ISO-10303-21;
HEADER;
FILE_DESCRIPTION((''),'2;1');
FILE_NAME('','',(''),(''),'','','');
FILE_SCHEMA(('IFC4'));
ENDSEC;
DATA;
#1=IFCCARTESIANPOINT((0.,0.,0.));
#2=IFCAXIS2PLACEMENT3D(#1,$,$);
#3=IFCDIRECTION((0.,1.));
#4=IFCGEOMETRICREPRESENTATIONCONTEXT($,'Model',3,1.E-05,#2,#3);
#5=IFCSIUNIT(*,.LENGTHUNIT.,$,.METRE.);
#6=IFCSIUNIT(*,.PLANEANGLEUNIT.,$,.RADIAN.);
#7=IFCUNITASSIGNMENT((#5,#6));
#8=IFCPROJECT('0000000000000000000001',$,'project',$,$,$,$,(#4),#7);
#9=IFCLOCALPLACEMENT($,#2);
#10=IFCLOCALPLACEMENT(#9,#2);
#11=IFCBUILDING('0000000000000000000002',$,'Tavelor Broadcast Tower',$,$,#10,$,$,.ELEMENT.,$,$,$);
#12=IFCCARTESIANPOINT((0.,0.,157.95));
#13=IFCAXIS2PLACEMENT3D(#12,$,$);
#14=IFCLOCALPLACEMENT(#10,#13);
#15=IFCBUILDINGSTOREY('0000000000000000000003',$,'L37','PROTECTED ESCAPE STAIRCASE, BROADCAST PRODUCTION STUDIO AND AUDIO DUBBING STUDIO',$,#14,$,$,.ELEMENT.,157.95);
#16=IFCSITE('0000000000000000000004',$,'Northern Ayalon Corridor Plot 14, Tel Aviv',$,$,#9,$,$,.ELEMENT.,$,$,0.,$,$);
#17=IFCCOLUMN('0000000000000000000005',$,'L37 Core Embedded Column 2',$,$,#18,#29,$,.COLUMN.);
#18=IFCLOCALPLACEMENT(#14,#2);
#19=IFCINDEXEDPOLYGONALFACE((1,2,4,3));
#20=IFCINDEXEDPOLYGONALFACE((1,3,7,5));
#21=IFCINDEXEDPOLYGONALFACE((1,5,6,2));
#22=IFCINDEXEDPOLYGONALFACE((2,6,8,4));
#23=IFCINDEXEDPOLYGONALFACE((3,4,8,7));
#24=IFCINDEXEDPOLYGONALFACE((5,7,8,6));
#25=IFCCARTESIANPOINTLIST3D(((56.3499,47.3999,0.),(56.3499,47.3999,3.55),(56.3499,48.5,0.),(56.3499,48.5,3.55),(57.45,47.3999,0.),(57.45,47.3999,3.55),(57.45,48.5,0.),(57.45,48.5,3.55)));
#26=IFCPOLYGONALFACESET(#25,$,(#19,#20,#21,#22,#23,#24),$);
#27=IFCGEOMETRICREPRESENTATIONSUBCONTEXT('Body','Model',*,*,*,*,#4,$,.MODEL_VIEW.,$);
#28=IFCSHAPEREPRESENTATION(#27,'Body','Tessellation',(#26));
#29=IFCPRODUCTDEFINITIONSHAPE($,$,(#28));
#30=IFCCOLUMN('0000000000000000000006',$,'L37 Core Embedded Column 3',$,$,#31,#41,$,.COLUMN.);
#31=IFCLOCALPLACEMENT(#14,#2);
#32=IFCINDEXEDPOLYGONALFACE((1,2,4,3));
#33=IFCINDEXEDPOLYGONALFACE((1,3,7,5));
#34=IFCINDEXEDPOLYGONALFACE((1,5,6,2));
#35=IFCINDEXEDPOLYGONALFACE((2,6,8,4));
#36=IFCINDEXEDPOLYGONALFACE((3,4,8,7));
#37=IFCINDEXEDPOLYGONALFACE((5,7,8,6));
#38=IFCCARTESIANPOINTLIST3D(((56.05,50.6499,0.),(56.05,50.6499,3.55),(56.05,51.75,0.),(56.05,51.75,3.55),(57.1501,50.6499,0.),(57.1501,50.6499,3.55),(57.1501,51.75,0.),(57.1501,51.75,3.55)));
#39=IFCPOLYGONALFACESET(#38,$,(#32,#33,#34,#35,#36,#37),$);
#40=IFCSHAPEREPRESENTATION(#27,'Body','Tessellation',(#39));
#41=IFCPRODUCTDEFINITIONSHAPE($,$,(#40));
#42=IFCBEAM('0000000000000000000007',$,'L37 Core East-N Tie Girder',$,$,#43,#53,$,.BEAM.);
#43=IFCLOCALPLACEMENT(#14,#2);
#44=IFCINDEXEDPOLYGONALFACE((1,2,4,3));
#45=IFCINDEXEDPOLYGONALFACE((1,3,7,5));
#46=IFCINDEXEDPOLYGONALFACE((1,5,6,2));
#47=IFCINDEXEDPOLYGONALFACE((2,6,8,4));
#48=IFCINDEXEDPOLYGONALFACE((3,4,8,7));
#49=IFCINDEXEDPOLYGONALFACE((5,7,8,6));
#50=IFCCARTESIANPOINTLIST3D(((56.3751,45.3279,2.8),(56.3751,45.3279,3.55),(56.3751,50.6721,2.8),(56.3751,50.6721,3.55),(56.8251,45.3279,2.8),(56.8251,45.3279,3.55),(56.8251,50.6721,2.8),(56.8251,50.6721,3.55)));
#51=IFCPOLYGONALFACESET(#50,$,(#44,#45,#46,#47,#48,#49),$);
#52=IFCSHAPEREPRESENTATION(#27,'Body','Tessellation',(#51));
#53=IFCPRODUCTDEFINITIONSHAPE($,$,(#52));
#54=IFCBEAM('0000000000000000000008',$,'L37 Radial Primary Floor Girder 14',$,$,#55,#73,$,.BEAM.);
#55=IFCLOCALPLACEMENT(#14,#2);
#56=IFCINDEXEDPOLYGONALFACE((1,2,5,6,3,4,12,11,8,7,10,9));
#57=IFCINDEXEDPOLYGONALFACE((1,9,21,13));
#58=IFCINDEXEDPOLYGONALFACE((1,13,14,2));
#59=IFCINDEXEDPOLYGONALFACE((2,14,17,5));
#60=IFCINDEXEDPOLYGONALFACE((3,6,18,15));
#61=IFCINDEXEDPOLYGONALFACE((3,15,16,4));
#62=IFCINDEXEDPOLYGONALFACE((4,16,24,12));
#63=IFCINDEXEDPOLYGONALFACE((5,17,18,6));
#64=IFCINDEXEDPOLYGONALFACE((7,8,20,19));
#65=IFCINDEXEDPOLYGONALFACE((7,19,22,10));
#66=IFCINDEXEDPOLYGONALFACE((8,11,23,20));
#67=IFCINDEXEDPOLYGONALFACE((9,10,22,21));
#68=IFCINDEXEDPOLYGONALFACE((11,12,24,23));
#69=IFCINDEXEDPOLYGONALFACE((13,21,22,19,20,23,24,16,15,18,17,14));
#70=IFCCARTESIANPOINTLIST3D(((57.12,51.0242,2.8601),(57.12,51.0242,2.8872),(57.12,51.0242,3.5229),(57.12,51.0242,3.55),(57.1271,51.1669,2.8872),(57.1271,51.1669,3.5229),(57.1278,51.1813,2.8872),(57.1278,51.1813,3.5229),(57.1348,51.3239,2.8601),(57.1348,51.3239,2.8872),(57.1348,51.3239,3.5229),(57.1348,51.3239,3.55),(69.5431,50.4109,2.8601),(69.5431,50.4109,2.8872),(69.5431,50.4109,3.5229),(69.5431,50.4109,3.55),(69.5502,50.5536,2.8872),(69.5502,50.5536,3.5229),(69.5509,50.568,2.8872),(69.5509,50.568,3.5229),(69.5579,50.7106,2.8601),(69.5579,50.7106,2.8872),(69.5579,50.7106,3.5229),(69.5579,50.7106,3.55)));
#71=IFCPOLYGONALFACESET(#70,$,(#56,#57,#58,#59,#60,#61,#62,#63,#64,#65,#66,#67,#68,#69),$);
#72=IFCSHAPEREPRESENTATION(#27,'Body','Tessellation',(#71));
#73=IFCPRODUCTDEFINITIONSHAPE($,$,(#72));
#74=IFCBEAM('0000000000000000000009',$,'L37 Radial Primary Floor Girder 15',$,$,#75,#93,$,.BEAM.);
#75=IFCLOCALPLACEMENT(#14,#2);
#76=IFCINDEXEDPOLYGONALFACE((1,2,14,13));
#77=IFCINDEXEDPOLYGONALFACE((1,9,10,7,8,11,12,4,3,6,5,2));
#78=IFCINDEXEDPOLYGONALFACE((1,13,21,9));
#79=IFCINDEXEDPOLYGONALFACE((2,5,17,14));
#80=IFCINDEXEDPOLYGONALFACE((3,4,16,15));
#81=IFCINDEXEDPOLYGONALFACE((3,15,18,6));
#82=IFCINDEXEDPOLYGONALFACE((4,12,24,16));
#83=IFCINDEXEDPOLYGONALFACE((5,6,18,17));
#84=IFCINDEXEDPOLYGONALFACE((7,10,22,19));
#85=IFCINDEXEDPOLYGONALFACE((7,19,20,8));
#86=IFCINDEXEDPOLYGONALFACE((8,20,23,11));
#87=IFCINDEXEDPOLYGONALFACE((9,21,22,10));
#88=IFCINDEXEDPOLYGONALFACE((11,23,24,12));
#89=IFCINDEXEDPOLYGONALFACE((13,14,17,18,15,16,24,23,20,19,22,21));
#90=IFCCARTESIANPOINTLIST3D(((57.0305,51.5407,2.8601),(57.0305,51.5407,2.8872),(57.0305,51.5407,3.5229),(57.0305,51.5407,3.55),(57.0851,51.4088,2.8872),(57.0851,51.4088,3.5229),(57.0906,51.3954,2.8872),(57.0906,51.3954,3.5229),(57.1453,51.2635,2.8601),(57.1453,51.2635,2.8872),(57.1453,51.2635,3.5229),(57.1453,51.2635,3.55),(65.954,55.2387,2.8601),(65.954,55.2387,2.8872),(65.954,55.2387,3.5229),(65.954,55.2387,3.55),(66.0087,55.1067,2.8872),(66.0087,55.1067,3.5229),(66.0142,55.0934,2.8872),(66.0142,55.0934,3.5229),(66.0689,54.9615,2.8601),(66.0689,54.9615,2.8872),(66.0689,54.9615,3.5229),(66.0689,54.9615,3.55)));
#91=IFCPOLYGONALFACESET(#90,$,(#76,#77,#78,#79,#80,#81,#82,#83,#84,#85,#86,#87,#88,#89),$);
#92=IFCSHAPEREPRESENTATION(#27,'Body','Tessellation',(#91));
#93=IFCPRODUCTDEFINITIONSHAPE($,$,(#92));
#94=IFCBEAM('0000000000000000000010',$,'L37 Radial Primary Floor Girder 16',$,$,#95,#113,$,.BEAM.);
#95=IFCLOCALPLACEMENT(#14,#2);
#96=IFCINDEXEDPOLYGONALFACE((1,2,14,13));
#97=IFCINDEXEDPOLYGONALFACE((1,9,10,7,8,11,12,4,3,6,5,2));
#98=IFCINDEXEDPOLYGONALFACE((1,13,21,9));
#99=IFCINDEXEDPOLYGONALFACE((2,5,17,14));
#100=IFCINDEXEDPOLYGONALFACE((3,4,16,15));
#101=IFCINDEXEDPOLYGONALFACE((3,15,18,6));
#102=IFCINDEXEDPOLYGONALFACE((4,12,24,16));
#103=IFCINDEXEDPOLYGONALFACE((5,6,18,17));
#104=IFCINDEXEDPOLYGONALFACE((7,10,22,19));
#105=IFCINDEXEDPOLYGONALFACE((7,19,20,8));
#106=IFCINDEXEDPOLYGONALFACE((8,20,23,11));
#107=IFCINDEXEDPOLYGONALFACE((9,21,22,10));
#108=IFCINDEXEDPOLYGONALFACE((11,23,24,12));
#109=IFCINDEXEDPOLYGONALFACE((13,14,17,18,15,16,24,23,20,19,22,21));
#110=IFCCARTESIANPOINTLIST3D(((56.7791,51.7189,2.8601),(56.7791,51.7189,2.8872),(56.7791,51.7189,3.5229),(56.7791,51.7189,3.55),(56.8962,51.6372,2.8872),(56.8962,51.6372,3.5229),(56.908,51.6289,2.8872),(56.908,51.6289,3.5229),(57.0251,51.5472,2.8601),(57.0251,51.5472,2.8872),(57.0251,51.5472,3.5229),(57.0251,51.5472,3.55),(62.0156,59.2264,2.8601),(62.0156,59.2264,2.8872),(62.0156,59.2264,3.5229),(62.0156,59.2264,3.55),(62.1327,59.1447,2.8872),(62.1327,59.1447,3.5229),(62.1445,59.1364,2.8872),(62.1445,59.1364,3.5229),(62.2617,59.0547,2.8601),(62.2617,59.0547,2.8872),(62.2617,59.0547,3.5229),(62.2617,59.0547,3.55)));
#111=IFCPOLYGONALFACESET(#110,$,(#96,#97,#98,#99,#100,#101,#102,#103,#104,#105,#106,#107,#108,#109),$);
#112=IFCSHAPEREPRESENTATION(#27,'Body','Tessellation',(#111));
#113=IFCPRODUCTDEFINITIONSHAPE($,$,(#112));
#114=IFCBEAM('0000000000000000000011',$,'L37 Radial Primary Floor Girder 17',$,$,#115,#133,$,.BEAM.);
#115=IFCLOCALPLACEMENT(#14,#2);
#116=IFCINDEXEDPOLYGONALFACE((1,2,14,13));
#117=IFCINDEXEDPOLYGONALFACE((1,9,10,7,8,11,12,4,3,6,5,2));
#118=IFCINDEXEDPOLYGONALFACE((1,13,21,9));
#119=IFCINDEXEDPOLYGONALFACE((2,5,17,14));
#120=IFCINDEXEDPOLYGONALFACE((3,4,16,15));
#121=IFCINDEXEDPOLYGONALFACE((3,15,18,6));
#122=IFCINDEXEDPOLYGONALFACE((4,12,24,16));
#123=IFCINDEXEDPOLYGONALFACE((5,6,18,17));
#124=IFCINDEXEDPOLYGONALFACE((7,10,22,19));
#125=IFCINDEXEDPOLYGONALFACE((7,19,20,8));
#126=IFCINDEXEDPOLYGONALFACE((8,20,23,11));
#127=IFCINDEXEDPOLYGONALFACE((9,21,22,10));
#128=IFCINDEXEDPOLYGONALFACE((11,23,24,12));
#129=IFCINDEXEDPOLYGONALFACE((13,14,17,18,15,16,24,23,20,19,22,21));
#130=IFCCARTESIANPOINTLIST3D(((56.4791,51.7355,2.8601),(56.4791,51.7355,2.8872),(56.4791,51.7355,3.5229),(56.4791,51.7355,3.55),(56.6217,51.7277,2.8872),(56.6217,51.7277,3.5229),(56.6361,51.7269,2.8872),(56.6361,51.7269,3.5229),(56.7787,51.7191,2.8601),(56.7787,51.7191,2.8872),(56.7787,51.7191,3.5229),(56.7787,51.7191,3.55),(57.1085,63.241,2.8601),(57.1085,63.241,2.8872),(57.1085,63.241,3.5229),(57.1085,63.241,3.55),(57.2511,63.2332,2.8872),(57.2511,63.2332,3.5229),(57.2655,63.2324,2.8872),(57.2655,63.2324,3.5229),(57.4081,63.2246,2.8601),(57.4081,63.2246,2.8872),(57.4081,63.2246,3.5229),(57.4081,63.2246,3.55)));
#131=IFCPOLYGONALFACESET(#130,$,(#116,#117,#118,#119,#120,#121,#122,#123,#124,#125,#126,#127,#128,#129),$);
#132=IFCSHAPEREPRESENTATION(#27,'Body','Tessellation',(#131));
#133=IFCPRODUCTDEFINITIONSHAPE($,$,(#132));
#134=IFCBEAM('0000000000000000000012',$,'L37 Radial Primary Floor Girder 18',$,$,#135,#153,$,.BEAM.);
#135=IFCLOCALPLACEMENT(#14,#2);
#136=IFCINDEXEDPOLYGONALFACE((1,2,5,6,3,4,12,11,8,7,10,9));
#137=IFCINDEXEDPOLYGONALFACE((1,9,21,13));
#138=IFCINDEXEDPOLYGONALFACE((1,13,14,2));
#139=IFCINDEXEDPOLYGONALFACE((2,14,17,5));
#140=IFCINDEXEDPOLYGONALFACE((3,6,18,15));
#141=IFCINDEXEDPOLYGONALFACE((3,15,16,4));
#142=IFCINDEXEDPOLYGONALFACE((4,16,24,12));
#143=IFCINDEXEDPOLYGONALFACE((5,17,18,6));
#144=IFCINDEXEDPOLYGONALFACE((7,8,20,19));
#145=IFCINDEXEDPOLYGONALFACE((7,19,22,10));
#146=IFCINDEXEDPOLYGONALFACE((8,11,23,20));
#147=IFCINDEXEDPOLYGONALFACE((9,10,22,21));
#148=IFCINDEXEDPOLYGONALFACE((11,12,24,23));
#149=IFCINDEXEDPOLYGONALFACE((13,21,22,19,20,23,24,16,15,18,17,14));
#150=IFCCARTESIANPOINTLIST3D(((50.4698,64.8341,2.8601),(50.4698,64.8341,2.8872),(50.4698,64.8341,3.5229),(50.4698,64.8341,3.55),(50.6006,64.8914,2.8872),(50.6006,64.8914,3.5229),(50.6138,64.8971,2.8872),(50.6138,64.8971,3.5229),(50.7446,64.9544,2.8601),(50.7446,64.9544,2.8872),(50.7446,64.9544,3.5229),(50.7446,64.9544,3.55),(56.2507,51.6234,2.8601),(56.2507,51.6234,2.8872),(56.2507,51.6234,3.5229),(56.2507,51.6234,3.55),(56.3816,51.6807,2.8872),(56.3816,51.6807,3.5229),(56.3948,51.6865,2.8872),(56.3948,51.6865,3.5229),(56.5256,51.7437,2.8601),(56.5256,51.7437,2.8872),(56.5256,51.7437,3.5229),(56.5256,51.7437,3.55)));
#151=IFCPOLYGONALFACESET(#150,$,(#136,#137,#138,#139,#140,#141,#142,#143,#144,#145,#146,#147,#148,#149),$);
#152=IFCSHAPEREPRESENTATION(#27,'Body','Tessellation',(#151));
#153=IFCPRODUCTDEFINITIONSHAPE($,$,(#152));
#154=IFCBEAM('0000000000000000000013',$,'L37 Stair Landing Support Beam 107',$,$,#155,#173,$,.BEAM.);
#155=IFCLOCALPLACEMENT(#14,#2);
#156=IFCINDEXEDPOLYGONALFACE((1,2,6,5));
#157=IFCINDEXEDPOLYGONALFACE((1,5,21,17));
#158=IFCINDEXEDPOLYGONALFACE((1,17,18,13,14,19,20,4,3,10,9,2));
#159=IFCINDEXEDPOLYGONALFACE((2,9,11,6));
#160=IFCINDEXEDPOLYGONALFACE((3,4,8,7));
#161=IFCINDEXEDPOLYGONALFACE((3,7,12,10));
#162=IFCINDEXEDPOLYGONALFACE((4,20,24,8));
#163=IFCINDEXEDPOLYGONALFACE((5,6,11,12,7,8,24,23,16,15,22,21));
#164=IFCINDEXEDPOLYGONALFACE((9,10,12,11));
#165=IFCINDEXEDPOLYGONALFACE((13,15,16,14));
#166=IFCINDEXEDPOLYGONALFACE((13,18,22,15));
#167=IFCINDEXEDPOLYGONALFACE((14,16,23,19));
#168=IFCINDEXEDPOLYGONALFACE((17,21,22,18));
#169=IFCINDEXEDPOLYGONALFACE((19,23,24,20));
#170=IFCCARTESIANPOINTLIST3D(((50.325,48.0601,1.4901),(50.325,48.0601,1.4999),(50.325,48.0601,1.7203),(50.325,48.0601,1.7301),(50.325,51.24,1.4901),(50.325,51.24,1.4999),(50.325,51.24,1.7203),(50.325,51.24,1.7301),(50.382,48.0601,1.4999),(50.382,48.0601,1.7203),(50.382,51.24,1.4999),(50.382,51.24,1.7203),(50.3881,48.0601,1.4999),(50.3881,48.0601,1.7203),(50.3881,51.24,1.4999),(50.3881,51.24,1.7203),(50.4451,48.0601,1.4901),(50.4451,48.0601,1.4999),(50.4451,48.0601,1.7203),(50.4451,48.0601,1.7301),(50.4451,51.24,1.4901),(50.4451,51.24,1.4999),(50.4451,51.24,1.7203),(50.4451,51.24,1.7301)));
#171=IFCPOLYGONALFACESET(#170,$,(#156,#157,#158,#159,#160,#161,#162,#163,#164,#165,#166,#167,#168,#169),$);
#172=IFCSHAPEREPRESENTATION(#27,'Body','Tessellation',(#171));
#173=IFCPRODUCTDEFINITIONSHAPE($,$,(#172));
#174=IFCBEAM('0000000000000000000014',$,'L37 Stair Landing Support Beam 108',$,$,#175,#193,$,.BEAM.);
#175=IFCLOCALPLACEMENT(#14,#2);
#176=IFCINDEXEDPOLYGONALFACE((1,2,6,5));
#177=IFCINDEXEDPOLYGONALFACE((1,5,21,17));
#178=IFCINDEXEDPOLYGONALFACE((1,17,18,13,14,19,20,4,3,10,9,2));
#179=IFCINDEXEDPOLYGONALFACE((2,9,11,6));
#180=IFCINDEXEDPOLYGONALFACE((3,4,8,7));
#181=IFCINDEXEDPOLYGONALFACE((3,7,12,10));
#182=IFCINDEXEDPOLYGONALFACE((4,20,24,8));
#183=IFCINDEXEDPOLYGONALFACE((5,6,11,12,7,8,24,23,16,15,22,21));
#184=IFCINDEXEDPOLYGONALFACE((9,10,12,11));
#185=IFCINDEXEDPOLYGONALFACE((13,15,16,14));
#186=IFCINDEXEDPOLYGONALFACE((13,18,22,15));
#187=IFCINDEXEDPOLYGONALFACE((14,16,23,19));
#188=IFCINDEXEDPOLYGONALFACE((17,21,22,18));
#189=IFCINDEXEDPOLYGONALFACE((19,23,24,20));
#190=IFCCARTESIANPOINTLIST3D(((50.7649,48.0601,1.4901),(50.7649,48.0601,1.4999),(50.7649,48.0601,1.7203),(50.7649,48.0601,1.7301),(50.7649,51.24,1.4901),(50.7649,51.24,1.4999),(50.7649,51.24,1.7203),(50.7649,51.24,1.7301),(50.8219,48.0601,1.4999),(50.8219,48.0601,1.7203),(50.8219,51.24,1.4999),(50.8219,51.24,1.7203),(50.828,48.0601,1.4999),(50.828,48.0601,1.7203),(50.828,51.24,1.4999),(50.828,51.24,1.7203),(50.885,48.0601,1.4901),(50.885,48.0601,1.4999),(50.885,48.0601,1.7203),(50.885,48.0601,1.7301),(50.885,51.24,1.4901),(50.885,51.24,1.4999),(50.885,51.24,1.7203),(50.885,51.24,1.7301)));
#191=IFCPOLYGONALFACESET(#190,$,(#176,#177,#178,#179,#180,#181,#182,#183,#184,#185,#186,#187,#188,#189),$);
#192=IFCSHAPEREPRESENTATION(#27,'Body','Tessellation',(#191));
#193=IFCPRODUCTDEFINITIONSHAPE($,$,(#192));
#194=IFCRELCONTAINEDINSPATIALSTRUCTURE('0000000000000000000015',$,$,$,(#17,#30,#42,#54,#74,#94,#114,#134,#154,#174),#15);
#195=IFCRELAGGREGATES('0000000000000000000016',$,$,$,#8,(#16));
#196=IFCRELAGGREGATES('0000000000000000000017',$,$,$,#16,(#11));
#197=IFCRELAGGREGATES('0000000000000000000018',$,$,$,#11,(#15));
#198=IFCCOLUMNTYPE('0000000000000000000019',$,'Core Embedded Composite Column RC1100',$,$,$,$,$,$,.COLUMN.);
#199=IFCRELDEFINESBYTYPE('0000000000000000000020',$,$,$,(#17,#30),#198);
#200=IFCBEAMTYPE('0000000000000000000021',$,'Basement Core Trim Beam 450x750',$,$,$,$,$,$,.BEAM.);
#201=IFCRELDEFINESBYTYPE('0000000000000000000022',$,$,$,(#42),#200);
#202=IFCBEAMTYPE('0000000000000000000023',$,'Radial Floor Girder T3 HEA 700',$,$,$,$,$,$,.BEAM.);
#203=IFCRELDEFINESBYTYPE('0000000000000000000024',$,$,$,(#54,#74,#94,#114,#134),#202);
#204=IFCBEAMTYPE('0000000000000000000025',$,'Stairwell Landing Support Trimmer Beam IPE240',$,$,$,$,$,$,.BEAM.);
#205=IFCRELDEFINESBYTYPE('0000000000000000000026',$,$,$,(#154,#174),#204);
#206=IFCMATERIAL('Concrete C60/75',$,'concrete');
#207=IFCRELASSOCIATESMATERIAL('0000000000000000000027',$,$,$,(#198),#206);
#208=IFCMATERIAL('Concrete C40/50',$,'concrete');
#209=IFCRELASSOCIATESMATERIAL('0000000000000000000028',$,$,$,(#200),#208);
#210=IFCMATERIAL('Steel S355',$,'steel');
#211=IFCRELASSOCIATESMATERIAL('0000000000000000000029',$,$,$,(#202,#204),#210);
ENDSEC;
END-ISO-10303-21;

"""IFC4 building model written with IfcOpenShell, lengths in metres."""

from ifc_helpers import new_model, si_unit, direction, frame, origin, origin_2d, place, context, subcontext, project, spatial, rectangle, i_section, extrude, material, material_profile, profile_set, type_object, element, save


model = new_model("IFC4")

# Units and contexts
model_context = context("Model", 3, precision=1e-05, world=origin(), true_north=direction((0.0, 1.0)))
body_context = subcontext(model_context, "Body", "Model", "MODEL_VIEW")
ifc_project = project(units=[si_unit("LENGTHUNIT", "METRE"), si_unit("PLANEANGLEUNIT", "RADIAN")], contexts=[model_context])

# Site, building, storey
site_placement = place(None, origin())
site = spatial("IfcSite", under=ifc_project, at=site_placement, Name="Northern Ayalon Corridor Plot 14, Tel Aviv", CompositionType="ELEMENT", RefElevation=0.0)
building_placement = place(site_placement, origin())
building = spatial("IfcBuilding", under=site, at=building_placement, Name="Tavelor Broadcast Tower", CompositionType="ELEMENT")
storey_placement = place(building_placement, frame((0.0, 0.0, 157.95)))
storey = spatial("IfcBuildingStorey", under=building, at=storey_placement, Name="L37", Description="PROTECTED ESCAPE STAIRCASE, BROADCAST PRODUCTION STUDIO AND AUDIO DUBBING STUDIO", CompositionType="ELEMENT", Elevation=157.95)

# Columns
ifc_material_1 = material(Name="Concrete C60/75", Category="concrete")
ifc_material_profile_1 = material_profile(ifc_material_1, rectangle(XDim=1.1001, YDim=1.1001, at=origin_2d()), Name="RC 1100x1100")
ifc_profile_set_1 = profile_set([ifc_material_profile_1], Name="Concrete C60/75")
column_type = type_object("IfcColumnType", Name="Core Embedded Composite Column RC1100", PredefinedType="COLUMN", material=ifc_profile_set_1)
for number, where, z_axis, x_axis, name in (
    (1, (56.8999, 47.95, 0.0), (0.0, 0.0, 1.0), (1.0, 0.0, 0.0), "L37 Core Embedded Column 2"),
    (2, (56.6001, 51.2, 0.0), (0.0, 0.0, 1.0), (1.0, 0.0, 0.0), "L37 Core Embedded Column 3"),
):
    element("IfcColumn", number, at=place(storey_placement, frame(where, z_axis=z_axis, x_axis=x_axis)), inside=storey, type_object=column_type, Name=name, PredefinedType="COLUMN", context=body_context, shape_type="SweptSolid", body=[
        extrude(rectangle(XDim=1.1001, YDim=1.1001, at=origin_2d()), origin(), (0.0, 0.0, 1.0), 3.55),
    ])

# Beams
ifc_material_2 = material(Name="Concrete C40/50", Category="concrete")
ifc_material_profile_2 = material_profile(ifc_material_2, rectangle(XDim=0.45, YDim=0.75, at=origin_2d()), Name="RC 450x750")
ifc_profile_set_2 = profile_set([ifc_material_profile_2], Name="Concrete C40/50")
beam_type_1 = type_object("IfcBeamType", Name="Basement Core Trim Beam 450x750", PredefinedType="BEAM", material=ifc_profile_set_2)
beam_1_placement = place(storey_placement, frame((56.6001, 45.3279, 3.175), z_axis=(0.0, 1.0, 0.0), x_axis=(-1.0, 0.0, 0.0)))
element("IfcBeam", 3, at=beam_1_placement, inside=storey, type_object=beam_type_1, Name="L37 Core East-N Tie Girder", PredefinedType="BEAM", context=body_context, shape_type="SweptSolid", body=[
    extrude(rectangle(XDim=0.45, YDim=0.75, at=origin_2d()), origin(), (0.0, 0.0, 1.0), 5.3442),
])
ifc_material_3 = material(Name="Steel S355", Category="steel")
ifc_material_profile_3 = material_profile(ifc_material_3, i_section(OverallWidth=0.3, OverallDepth=0.6899, WebThickness=0.0144, FlangeThickness=0.0271, at=origin_2d()), Name="HEA 700")
ifc_profile_set_3 = profile_set([ifc_material_profile_3], Name="Steel S355")
beam_type_2 = type_object("IfcBeamType", Name="Radial Floor Girder T3 HEA 700", PredefinedType="BEAM", material=ifc_profile_set_3)
beam_2_placement = place(storey_placement, frame((57.1274, 51.1741, 3.2051), z_axis=(0.998784, -0.049306, 0.0), x_axis=(0.049306, 0.998784, 0.0)))
element("IfcBeam", 4, at=beam_2_placement, inside=storey, type_object=beam_type_2, Name="L37 Radial Primary Floor Girder 14", PredefinedType="BEAM", context=body_context, shape_type="SweptSolid", body=[
    extrude(i_section(OverallWidth=0.3, OverallDepth=0.6899, WebThickness=0.0144, FlangeThickness=0.0271, at=origin_2d()), origin(), (0.0, 0.0, 1.0), 12.4382),
])
beam_3_placement = place(storey_placement, frame((57.0879, 51.4021, 3.2051), z_axis=(0.923816, 0.382836, 0.0), x_axis=(-0.382836, 0.923816, 0.0)))
element("IfcBeam", 5, at=beam_3_placement, inside=storey, type_object=beam_type_2, Name="L37 Radial Primary Floor Girder 15", PredefinedType="BEAM", context=body_context, shape_type="SweptSolid", body=[
    extrude(i_section(OverallWidth=0.3, OverallDepth=0.6899, WebThickness=0.0144, FlangeThickness=0.0271, at=origin_2d()), origin(), (0.0, 0.0, 1.0), 9.6594),
])
beam_4_placement = place(storey_placement, frame((56.9021, 51.6331, 3.2051), z_axis=(0.572089, 0.820192, 0.0), x_axis=(-0.820192, 0.572089, 0.0)))
element("IfcBeam", 6, at=beam_4_placement, inside=storey, type_object=beam_type_2, Name="L37 Radial Primary Floor Girder 16", PredefinedType="BEAM", context=body_context, shape_type="SweptSolid", body=[
    extrude(i_section(OverallWidth=0.3, OverallDepth=0.6899, WebThickness=0.0144, FlangeThickness=0.0271, at=origin_2d()), origin(), (0.0, 0.0, 1.0), 9.1533),
])
beam_5_placement = place(storey_placement, frame((56.6289, 51.7273, 3.2051), z_axis=(0.054622, 0.998507, 0.0), x_axis=(-0.998507, 0.054622, 0.0)))
element("IfcBeam", 7, at=beam_5_placement, inside=storey, type_object=beam_type_2, Name="L37 Radial Primary Floor Girder 17", PredefinedType="BEAM", context=body_context, shape_type="SweptSolid", body=[
    extrude(i_section(OverallWidth=0.3, OverallDepth=0.6899, WebThickness=0.0144, FlangeThickness=0.0271, at=origin_2d()), origin(), (0.0, 0.0, 1.0), 11.5227),
])
beam_6_placement = place(storey_placement, frame((56.3882, 51.6836, 3.2051), z_axis=(-0.400896, 0.916124, 0.0), x_axis=(-0.916124, -0.400896, 0.0)))
element("IfcBeam", 8, at=beam_6_placement, inside=storey, type_object=beam_type_2, Name="L37 Radial Primary Floor Girder 18", PredefinedType="BEAM", context=body_context, shape_type="SweptSolid", body=[
    extrude(i_section(OverallWidth=0.3, OverallDepth=0.6899, WebThickness=0.0144, FlangeThickness=0.0271, at=origin_2d()), origin(), (0.0, 0.0, 1.0), 14.4202),
])
ifc_material_profile_4 = material_profile(ifc_material_3, i_section(OverallWidth=0.1201, OverallDepth=0.24, WebThickness=0.0061, FlangeThickness=0.0098, at=origin_2d()), Name="IPE 240")
ifc_profile_set_4 = profile_set([ifc_material_profile_4], Name="Steel S355")
beam_type_3 = type_object("IfcBeamType", Name="Stairwell Landing Support Trimmer Beam IPE240", PredefinedType="BEAM", material=ifc_profile_set_4)
for number, where, z_axis, x_axis, name in (
    (9, (50.385, 48.0601, 1.6101), (0.0, 1.0, 0.0), (-1.0, 0.0, 0.0), "L37 Stair Landing Support Beam 107"),
    (10, (50.825, 48.0601, 1.6101), (0.0, 1.0, 0.0), (-1.0, 0.0, 0.0), "L37 Stair Landing Support Beam 108"),
):
    element("IfcBeam", number, at=place(storey_placement, frame(where, z_axis=z_axis, x_axis=x_axis)), inside=storey, type_object=beam_type_3, Name=name, PredefinedType="BEAM", context=body_context, shape_type="SweptSolid", body=[
        extrude(i_section(OverallWidth=0.1201, OverallDepth=0.24, WebThickness=0.0061, FlangeThickness=0.0098, at=origin_2d()), origin(), (0.0, 0.0, 1.0), 3.1799),
    ])

save(model, "model.ifc")
